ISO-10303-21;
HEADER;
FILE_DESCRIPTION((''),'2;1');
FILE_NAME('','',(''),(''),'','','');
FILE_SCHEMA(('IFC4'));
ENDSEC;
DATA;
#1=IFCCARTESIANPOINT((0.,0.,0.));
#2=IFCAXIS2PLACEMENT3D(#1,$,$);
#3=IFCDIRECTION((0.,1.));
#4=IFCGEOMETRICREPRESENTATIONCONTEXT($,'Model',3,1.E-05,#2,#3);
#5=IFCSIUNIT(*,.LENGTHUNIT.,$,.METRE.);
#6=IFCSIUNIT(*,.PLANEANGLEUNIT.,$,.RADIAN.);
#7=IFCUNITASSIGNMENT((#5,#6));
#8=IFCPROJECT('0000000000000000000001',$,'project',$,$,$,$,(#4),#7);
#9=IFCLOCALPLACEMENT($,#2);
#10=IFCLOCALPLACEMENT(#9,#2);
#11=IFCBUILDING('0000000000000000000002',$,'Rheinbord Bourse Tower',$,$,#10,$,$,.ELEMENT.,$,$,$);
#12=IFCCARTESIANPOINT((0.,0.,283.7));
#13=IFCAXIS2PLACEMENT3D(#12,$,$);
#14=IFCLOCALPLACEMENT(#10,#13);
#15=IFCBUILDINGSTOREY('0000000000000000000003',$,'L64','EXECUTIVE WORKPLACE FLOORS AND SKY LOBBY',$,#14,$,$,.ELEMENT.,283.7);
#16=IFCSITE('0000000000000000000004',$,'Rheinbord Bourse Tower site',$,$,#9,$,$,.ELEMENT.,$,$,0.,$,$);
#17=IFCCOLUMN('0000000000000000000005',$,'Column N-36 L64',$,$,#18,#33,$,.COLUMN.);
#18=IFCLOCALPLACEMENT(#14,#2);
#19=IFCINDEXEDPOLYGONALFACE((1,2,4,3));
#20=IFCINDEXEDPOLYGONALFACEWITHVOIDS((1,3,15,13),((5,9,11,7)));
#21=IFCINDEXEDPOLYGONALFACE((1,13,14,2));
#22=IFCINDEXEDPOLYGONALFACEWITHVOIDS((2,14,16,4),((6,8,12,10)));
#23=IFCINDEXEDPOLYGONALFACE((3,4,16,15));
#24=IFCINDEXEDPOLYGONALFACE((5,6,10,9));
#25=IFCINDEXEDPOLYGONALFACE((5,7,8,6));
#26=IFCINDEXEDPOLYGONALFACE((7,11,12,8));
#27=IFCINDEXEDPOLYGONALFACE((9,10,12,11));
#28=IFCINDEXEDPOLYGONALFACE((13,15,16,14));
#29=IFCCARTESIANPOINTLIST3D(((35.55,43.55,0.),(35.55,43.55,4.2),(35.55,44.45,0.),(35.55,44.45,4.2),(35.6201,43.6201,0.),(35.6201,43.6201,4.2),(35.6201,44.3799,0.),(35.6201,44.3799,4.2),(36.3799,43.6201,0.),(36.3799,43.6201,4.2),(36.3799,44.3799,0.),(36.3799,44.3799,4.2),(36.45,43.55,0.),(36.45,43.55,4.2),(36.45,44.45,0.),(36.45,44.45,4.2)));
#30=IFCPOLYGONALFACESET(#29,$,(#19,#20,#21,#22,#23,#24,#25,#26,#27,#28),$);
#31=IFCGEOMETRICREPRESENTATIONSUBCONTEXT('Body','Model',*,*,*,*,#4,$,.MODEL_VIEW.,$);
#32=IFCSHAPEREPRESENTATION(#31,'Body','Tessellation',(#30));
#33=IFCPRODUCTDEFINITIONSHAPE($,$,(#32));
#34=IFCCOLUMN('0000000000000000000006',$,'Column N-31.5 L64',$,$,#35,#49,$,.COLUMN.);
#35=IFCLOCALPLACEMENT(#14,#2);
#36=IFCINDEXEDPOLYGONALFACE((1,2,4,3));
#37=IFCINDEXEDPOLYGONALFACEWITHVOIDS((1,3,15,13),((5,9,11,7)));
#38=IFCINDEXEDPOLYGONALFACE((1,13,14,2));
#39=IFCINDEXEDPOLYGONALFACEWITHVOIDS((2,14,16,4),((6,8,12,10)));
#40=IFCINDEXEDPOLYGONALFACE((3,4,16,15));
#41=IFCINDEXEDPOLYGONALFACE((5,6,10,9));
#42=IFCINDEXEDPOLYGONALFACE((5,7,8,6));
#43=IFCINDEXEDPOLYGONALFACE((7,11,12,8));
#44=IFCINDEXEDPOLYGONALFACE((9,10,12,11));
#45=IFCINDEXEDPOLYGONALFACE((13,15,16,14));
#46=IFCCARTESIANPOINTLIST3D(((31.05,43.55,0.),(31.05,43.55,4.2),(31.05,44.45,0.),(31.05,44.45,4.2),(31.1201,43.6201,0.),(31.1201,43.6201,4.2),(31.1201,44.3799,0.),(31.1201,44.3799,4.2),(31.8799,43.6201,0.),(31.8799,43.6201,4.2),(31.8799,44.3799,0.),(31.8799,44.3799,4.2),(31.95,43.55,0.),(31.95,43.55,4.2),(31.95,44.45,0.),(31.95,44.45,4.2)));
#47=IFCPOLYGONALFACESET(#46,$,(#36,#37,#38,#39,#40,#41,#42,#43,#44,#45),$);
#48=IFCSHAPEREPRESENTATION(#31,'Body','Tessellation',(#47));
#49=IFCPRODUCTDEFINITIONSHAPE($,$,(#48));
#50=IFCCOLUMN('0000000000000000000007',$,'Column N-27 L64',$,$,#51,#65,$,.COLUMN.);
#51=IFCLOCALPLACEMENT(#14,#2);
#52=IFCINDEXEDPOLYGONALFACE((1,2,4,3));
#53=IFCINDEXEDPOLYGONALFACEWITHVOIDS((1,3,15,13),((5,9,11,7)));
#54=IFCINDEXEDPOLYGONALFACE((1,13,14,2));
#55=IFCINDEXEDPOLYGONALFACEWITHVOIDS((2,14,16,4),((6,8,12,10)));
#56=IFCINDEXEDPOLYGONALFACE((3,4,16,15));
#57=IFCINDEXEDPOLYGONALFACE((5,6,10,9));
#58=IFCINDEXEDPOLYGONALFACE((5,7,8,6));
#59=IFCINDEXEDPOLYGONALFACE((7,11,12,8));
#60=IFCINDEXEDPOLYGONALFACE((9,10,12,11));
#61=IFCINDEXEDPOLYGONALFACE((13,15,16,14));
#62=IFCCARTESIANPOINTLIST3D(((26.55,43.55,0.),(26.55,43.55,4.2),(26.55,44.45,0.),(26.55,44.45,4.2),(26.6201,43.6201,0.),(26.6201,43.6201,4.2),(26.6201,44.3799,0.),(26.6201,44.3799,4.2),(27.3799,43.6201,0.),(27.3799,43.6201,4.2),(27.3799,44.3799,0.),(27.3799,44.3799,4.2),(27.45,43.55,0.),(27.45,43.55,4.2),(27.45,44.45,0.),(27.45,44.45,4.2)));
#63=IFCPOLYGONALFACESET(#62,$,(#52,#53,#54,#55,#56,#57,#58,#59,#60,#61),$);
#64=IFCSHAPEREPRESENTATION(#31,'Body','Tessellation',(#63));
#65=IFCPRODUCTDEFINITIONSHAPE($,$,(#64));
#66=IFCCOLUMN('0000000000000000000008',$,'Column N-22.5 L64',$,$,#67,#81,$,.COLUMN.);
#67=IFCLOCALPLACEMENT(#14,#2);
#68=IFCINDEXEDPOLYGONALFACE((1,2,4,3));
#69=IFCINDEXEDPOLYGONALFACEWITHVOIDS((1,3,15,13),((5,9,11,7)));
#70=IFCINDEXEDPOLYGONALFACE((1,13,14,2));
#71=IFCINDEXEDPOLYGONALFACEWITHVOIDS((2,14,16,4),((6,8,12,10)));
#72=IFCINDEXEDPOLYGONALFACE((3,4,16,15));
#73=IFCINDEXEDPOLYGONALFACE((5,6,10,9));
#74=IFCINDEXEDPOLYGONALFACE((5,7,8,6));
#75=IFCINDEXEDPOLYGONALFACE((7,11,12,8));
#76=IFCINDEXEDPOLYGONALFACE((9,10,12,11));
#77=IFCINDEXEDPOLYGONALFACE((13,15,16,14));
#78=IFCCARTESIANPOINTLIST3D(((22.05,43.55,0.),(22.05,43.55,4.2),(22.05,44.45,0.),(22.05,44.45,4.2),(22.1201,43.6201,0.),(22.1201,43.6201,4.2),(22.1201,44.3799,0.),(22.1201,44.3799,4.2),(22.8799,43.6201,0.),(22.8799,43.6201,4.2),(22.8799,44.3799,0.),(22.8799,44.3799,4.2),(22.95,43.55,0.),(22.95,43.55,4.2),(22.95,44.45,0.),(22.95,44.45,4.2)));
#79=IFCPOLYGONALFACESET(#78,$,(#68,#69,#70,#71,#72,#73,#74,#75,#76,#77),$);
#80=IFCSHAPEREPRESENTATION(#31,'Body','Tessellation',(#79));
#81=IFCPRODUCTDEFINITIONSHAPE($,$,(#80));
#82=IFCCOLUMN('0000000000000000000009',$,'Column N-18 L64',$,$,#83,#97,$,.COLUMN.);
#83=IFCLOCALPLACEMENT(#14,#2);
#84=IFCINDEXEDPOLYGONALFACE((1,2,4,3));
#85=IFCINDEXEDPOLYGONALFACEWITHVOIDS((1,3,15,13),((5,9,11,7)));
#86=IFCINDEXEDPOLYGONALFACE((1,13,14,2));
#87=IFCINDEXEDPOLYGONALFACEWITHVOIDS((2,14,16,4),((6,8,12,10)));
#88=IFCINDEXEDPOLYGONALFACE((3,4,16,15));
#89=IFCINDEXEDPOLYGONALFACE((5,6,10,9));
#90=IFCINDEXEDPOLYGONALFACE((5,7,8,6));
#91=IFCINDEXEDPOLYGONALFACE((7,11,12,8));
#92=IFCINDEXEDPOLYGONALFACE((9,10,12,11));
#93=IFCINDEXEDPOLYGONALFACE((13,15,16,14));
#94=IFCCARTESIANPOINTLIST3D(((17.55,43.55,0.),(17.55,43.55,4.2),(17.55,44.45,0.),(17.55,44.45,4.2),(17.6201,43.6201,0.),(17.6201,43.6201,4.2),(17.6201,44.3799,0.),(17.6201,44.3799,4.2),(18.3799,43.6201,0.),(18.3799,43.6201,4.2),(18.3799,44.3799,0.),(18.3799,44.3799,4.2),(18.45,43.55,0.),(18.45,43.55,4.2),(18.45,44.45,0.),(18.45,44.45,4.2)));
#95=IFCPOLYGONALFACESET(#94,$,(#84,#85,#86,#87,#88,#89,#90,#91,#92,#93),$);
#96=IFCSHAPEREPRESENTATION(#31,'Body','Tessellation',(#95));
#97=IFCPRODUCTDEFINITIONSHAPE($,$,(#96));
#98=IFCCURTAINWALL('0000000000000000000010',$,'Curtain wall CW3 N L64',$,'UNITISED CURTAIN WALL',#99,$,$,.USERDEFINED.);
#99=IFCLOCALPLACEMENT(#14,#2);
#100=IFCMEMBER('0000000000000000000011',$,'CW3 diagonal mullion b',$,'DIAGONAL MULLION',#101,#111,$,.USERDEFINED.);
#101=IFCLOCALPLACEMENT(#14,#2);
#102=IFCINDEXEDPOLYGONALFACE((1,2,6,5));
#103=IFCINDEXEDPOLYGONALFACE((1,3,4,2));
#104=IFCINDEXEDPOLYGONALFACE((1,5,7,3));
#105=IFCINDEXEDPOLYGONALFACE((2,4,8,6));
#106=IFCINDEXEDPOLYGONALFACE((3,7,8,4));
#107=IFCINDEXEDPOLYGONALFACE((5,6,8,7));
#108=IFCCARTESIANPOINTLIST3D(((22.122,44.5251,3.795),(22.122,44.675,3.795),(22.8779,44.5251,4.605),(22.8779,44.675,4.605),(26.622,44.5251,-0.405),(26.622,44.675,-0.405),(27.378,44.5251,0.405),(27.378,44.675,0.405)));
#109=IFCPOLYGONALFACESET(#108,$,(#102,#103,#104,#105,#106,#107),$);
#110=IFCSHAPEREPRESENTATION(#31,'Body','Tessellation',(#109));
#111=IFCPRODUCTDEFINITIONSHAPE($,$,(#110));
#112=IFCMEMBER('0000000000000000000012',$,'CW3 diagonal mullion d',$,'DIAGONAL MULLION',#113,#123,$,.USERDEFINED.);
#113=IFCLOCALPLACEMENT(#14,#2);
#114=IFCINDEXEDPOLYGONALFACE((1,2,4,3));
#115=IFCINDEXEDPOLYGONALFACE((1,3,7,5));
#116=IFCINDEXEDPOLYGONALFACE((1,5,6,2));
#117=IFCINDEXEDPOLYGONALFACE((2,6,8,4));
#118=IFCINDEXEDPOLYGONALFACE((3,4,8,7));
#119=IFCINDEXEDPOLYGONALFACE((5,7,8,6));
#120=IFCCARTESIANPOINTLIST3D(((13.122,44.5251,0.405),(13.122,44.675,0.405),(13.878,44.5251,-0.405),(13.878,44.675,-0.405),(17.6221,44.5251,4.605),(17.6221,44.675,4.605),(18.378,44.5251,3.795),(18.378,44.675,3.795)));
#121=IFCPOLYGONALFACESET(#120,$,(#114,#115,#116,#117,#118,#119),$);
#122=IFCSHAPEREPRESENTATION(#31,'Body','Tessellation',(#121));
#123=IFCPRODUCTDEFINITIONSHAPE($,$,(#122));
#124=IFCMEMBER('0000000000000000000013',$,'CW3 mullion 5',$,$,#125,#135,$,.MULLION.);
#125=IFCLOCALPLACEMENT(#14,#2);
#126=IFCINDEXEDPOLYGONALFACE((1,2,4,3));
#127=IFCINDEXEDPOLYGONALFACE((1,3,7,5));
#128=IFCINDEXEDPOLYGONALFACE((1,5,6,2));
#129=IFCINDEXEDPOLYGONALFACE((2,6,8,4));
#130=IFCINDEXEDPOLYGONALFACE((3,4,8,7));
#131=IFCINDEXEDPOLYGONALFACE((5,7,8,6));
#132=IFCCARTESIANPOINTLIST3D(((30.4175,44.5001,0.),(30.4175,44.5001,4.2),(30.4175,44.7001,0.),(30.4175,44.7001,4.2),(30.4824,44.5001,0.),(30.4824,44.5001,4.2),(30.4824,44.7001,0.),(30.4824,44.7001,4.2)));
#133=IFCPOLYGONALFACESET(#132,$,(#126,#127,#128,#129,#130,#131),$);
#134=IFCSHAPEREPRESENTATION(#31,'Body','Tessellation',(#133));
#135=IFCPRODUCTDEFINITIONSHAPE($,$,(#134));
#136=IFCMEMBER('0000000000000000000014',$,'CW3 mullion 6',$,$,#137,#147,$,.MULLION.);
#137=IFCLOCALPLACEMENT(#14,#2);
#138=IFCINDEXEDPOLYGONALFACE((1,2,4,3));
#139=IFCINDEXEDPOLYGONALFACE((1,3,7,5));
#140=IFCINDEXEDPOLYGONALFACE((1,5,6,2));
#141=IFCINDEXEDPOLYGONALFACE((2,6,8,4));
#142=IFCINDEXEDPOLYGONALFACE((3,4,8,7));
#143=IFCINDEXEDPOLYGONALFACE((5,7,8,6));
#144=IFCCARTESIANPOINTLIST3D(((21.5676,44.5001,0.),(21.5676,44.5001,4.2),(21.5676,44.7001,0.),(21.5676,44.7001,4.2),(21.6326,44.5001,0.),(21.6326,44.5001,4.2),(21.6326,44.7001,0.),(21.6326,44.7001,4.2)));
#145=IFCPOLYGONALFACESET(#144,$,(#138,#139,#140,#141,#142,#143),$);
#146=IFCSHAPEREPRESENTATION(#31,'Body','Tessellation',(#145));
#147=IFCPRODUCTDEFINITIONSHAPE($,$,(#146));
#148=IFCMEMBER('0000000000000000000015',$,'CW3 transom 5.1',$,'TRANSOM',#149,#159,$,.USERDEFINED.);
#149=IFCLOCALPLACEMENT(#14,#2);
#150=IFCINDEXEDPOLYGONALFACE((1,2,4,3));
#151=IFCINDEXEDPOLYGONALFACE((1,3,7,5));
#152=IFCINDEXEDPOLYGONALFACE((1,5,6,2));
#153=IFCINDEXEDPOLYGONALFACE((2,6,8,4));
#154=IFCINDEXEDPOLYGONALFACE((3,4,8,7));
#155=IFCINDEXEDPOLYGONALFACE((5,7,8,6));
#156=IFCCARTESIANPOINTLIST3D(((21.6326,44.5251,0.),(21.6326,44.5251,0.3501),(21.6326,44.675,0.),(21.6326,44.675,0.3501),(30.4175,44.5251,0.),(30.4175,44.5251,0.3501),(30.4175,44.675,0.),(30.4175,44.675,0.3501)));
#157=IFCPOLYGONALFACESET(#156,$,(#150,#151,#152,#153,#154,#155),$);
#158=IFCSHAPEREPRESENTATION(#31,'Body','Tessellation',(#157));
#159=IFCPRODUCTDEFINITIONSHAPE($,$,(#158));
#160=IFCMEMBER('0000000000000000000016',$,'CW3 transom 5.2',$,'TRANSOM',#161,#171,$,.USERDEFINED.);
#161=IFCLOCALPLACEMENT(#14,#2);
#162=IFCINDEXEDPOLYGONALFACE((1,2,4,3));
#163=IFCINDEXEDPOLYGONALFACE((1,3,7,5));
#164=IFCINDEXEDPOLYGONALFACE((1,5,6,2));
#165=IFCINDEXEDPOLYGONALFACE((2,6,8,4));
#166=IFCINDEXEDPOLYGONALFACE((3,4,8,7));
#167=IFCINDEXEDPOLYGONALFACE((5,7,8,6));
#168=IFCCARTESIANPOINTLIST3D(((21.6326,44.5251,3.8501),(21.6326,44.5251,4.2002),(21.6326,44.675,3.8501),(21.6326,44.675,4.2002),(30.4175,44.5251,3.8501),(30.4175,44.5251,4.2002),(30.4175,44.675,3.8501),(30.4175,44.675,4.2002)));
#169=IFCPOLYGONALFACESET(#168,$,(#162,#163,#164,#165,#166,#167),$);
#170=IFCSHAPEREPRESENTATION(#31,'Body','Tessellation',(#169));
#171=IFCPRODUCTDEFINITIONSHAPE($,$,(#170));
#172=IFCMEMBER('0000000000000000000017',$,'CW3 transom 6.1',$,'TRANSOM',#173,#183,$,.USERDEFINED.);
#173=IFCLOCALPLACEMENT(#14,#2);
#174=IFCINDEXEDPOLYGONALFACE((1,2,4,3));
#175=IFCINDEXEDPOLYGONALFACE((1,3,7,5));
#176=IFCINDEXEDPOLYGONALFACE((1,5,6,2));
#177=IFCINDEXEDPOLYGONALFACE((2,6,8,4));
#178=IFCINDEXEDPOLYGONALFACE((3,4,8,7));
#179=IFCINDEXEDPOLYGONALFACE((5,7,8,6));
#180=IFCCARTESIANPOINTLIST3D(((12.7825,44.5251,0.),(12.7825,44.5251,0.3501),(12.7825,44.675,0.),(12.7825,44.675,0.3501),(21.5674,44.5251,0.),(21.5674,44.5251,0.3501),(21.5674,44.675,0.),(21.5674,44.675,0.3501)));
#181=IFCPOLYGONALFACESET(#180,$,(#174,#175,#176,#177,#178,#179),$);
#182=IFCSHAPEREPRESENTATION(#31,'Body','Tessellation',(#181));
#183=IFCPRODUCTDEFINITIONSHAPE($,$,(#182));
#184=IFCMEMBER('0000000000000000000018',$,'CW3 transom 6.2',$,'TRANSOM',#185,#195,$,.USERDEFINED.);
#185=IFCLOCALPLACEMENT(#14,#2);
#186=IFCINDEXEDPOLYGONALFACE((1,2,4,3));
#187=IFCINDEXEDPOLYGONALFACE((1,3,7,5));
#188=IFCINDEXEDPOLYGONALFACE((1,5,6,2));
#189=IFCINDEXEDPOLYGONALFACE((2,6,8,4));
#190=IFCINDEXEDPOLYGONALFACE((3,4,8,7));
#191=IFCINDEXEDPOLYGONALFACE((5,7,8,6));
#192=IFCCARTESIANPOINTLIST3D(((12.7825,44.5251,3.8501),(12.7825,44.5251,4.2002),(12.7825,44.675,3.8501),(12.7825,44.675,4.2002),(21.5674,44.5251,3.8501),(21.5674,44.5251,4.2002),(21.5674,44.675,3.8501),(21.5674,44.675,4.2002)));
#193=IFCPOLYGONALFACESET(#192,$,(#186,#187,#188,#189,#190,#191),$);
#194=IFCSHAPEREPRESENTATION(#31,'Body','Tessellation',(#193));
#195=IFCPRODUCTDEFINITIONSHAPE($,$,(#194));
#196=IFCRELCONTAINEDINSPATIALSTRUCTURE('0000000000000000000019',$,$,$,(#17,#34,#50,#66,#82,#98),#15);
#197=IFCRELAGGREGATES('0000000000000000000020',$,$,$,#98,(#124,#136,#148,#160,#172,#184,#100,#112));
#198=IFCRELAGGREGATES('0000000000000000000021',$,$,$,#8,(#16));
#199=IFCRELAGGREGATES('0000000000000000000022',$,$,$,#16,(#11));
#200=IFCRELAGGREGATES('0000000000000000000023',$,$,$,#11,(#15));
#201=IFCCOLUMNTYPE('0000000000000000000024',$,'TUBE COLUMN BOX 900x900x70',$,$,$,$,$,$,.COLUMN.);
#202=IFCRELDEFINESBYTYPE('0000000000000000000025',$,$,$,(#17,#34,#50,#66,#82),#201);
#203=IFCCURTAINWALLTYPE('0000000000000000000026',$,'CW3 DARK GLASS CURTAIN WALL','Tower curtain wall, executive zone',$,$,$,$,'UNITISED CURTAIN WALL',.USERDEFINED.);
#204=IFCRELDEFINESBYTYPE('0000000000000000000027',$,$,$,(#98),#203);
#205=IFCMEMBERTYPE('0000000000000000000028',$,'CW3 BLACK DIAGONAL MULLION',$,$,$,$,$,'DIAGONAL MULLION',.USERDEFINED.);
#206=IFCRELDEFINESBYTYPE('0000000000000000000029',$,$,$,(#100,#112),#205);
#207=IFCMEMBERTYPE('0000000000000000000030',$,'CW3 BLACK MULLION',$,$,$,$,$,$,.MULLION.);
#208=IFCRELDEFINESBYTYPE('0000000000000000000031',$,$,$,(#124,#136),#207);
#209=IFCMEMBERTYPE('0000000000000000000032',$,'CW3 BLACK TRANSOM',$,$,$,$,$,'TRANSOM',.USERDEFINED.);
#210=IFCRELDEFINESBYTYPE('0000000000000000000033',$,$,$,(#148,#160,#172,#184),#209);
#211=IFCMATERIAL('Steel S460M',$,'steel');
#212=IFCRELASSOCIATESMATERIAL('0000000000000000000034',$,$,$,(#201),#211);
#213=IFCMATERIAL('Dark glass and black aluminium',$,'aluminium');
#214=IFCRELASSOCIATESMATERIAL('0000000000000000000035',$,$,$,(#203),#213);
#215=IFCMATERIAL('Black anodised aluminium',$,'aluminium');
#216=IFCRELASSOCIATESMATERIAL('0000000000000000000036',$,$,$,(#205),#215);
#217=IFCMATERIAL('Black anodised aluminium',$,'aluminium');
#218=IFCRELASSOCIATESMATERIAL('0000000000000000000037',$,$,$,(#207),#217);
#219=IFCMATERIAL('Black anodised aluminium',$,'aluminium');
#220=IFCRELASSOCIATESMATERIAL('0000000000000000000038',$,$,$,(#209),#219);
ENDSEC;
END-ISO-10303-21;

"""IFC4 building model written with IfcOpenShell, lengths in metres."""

from ifc_helpers import new_model, si_unit, direction, frame, origin, origin_2d, place, context, subcontext, project, spatial, rectangle, hollow_rectangle, extrude, material, material_profile, profile_set, type_object, element, aggregate, save


model = new_model("IFC4")

# Units and contexts
model_context = context("Model", 3, precision=1e-05, world=origin(), true_north=direction((0.0, 1.0)))
body_context = subcontext(model_context, "Body", "Model", "MODEL_VIEW")
ifc_project = project(units=[si_unit("LENGTHUNIT", "METRE"), si_unit("PLANEANGLEUNIT", "RADIAN")], contexts=[model_context])

# Site, building, storey
site_placement = place(None, origin())
site = spatial("IfcSite", under=ifc_project, at=site_placement, Name="Rheinbord Bourse Tower site", CompositionType="ELEMENT", RefElevation=0.0)
building_placement = place(site_placement, origin())
building = spatial("IfcBuilding", under=site, at=building_placement, Name="Rheinbord Bourse Tower", CompositionType="ELEMENT")
storey_placement = place(building_placement, frame((0.0, 0.0, 283.7)))
storey = spatial("IfcBuildingStorey", under=building, at=storey_placement, Name="L64", Description="EXECUTIVE WORKPLACE FLOORS AND SKY LOBBY", CompositionType="ELEMENT", Elevation=283.7)

# Columns
ifc_material_1 = material(Name="Steel S460M", Category="steel")
ifc_material_profile_1 = material_profile(ifc_material_1, hollow_rectangle(XDim=0.8999, YDim=0.8999, WallThickness=0.0701, at=origin_2d()), Name="BOX 900x900x70")
ifc_profile_set_1 = profile_set([ifc_material_profile_1], Name="Steel S460M")
column_type = type_object("IfcColumnType", Name="TUBE COLUMN BOX 900x900x70", PredefinedType="COLUMN", material=ifc_profile_set_1)
for number, where, z_axis, x_axis, name in (
    (1, (36.0, 44.0, 0.0), (0.0, 0.0, 1.0), (0.0, 1.0, 0.0), "Column N-36 L64"),
    (2, (31.5, 44.0, 0.0), (0.0, 0.0, 1.0), (0.0, 1.0, 0.0), "Column N-31.5 L64"),
    (3, (27.0, 44.0, 0.0), (0.0, 0.0, 1.0), (0.0, 1.0, 0.0), "Column N-27 L64"),
    (4, (22.5, 44.0, 0.0), (0.0, 0.0, 1.0), (0.0, 1.0, 0.0), "Column N-22.5 L64"),
    (5, (18.0, 44.0, 0.0), (0.0, 0.0, 1.0), (0.0, 1.0, 0.0), "Column N-18 L64"),
):
    element("IfcColumn", number, at=place(storey_placement, frame(where, z_axis=z_axis, x_axis=x_axis)), inside=storey, type_object=column_type, Name=name, PredefinedType="COLUMN", context=body_context, shape_type="SweptSolid", body=[
        extrude(hollow_rectangle(XDim=0.8999, YDim=0.8999, WallThickness=0.0701, at=origin_2d()), origin(), (0.0, 0.0, 1.0), 4.2),
    ])

# Curtain wall, members
ifc_material_2 = material(Name="Dark glass and black aluminium", Category="aluminium")
curtain_wall_type = type_object("IfcCurtainWallType", Name="CW3 DARK GLASS CURTAIN WALL", Description="Tower curtain wall, executive zone", ElementType="UNITISED CURTAIN WALL", PredefinedType="USERDEFINED", material=ifc_material_2)
curtain_wall_placement = place(storey_placement, origin())
curtain_wall = element("IfcCurtainWall", 6, at=curtain_wall_placement, inside=storey, type_object=curtain_wall_type, Name="Curtain wall CW3 N L64", ObjectType="UNITISED CURTAIN WALL", PredefinedType="USERDEFINED")
ifc_material_3 = material(Name="Black anodised aluminium", Category="aluminium")
ifc_material_profile_2 = material_profile(ifc_material_3, rectangle(XDim=0.1499, YDim=1.1079, at=origin_2d()), Name="CW3 DIAGONAL MULLION 1108x150")
ifc_profile_set_2 = profile_set([ifc_material_profile_2], Name="Black anodised aluminium")
member_type_1 = type_object("IfcMemberType", Name="CW3 BLACK DIAGONAL MULLION", ElementType="DIAGONAL MULLION", PredefinedType="USERDEFINED", material=ifc_profile_set_2)
member_1_placement = place(storey_placement, frame((27.0, 44.6001, 0.0), z_axis=(-0.731059, 0.0, 0.682314), x_axis=(0.0, -1.0, 0.0)))
member_1 = element("IfcMember", 7, at=member_1_placement, type_object=member_type_1, Name="CW3 diagonal mullion b", ObjectType="DIAGONAL MULLION", PredefinedType="USERDEFINED", context=body_context, shape_type="SweptSolid", body=[
    extrude(rectangle(XDim=0.1499, YDim=1.1079, at=origin_2d()), origin(), (0.0, 0.0, 1.0), 6.1555),
])
member_2_placement = place(storey_placement, frame((13.5, 44.6001, 0.0), z_axis=(0.731059, 0.0, 0.682314), x_axis=(0.0, 1.0, 0.0)))
member_2 = element("IfcMember", 8, at=member_2_placement, type_object=member_type_1, Name="CW3 diagonal mullion d", ObjectType="DIAGONAL MULLION", PredefinedType="USERDEFINED", context=body_context, shape_type="SweptSolid", body=[
    extrude(rectangle(XDim=0.1499, YDim=1.1079, at=origin_2d()), origin(), (0.0, 0.0, 1.0), 6.1555),
])
ifc_material_4 = material(Name="Black anodised aluminium", Category="aluminium")
ifc_material_profile_3 = material_profile(ifc_material_4, rectangle(XDim=0.2, YDim=0.0649, at=origin_2d()), Name="CW3 MULLION 65x200")
ifc_profile_set_3 = profile_set([ifc_material_profile_3], Name="Black anodised aluminium")
member_type_2 = type_object("IfcMemberType", Name="CW3 BLACK MULLION", PredefinedType="MULLION", material=ifc_profile_set_3)
member_3_placement = place(storey_placement, frame((30.45, 44.6001, 0.0), z_axis=(0.0, 0.0, 1.0), x_axis=(0.0, -1.0, 0.0)))
member_3 = element("IfcMember", 9, at=member_3_placement, type_object=member_type_2, Name="CW3 mullion 5", PredefinedType="MULLION", context=body_context, shape_type="SweptSolid", body=[
    extrude(rectangle(XDim=0.2, YDim=0.0649, at=origin_2d()), origin(), (0.0, 0.0, 1.0), 4.2),
])
member_4_placement = place(storey_placement, frame((21.6001, 44.6001, 0.0), z_axis=(0.0, 0.0, 1.0), x_axis=(0.0, -1.0, 0.0)))
member_4 = element("IfcMember", 10, at=member_4_placement, type_object=member_type_2, Name="CW3 mullion 6", PredefinedType="MULLION", context=body_context, shape_type="SweptSolid", body=[
    extrude(rectangle(XDim=0.2, YDim=0.0649, at=origin_2d()), origin(), (0.0, 0.0, 1.0), 4.2),
])
ifc_material_5 = material(Name="Black anodised aluminium", Category="aluminium")
ifc_material_profile_4 = material_profile(ifc_material_5, rectangle(XDim=0.1499, YDim=0.3501, at=origin_2d()), Name="CW3 TRANSOM 350x150")
ifc_profile_set_4 = profile_set([ifc_material_profile_4], Name="Black anodised aluminium")
member_type_3 = type_object("IfcMemberType", Name="CW3 BLACK TRANSOM", ElementType="TRANSOM", PredefinedType="USERDEFINED", material=ifc_profile_set_4)
member_5_placement = place(storey_placement, frame((30.4175, 44.6001, 0.175), z_axis=(-1.0, 0.0, 0.0), x_axis=(0.0, -1.0, 0.0)))
member_5 = element("IfcMember", 11, at=member_5_placement, type_object=member_type_3, Name="CW3 transom 5.1", ObjectType="TRANSOM", PredefinedType="USERDEFINED", context=body_context, shape_type="SweptSolid", body=[
    extrude(rectangle(XDim=0.1499, YDim=0.3501, at=origin_2d()), origin(), (0.0, 0.0, 1.0), 8.7849),
])
member_6_placement = place(storey_placement, frame((30.4175, 44.6001, 4.0251), z_axis=(-1.0, 0.0, 0.0), x_axis=(0.0, -1.0, 0.0)))
member_6 = element("IfcMember", 12, at=member_6_placement, type_object=member_type_3, Name="CW3 transom 5.2", ObjectType="TRANSOM", PredefinedType="USERDEFINED", context=body_context, shape_type="SweptSolid", body=[
    extrude(rectangle(XDim=0.1499, YDim=0.3501, at=origin_2d()), origin(), (0.0, 0.0, 1.0), 8.7849),
])
member_7_placement = place(storey_placement, frame((21.5674, 44.6001, 0.175), z_axis=(-1.0, 0.0, 0.0), x_axis=(0.0, -1.0, 0.0)))
member_7 = element("IfcMember", 13, at=member_7_placement, type_object=member_type_3, Name="CW3 transom 6.1", ObjectType="TRANSOM", PredefinedType="USERDEFINED", context=body_context, shape_type="SweptSolid", body=[
    extrude(rectangle(XDim=0.1499, YDim=0.3501, at=origin_2d()), origin(), (0.0, 0.0, 1.0), 8.7849),
])
member_8_placement = place(storey_placement, frame((21.5674, 44.6001, 4.0251), z_axis=(-1.0, 0.0, 0.0), x_axis=(0.0, -1.0, 0.0)))
member_8 = element("IfcMember", 14, at=member_8_placement, type_object=member_type_3, Name="CW3 transom 6.2", ObjectType="TRANSOM", PredefinedType="USERDEFINED", context=body_context, shape_type="SweptSolid", body=[
    extrude(rectangle(XDim=0.1499, YDim=0.3501, at=origin_2d()), origin(), (0.0, 0.0, 1.0), 8.7849),
])

aggregate(curtain_wall, [member_3, member_4, member_5, member_6, member_7, member_8, member_1, member_2])

save(model, "model.ifc")
